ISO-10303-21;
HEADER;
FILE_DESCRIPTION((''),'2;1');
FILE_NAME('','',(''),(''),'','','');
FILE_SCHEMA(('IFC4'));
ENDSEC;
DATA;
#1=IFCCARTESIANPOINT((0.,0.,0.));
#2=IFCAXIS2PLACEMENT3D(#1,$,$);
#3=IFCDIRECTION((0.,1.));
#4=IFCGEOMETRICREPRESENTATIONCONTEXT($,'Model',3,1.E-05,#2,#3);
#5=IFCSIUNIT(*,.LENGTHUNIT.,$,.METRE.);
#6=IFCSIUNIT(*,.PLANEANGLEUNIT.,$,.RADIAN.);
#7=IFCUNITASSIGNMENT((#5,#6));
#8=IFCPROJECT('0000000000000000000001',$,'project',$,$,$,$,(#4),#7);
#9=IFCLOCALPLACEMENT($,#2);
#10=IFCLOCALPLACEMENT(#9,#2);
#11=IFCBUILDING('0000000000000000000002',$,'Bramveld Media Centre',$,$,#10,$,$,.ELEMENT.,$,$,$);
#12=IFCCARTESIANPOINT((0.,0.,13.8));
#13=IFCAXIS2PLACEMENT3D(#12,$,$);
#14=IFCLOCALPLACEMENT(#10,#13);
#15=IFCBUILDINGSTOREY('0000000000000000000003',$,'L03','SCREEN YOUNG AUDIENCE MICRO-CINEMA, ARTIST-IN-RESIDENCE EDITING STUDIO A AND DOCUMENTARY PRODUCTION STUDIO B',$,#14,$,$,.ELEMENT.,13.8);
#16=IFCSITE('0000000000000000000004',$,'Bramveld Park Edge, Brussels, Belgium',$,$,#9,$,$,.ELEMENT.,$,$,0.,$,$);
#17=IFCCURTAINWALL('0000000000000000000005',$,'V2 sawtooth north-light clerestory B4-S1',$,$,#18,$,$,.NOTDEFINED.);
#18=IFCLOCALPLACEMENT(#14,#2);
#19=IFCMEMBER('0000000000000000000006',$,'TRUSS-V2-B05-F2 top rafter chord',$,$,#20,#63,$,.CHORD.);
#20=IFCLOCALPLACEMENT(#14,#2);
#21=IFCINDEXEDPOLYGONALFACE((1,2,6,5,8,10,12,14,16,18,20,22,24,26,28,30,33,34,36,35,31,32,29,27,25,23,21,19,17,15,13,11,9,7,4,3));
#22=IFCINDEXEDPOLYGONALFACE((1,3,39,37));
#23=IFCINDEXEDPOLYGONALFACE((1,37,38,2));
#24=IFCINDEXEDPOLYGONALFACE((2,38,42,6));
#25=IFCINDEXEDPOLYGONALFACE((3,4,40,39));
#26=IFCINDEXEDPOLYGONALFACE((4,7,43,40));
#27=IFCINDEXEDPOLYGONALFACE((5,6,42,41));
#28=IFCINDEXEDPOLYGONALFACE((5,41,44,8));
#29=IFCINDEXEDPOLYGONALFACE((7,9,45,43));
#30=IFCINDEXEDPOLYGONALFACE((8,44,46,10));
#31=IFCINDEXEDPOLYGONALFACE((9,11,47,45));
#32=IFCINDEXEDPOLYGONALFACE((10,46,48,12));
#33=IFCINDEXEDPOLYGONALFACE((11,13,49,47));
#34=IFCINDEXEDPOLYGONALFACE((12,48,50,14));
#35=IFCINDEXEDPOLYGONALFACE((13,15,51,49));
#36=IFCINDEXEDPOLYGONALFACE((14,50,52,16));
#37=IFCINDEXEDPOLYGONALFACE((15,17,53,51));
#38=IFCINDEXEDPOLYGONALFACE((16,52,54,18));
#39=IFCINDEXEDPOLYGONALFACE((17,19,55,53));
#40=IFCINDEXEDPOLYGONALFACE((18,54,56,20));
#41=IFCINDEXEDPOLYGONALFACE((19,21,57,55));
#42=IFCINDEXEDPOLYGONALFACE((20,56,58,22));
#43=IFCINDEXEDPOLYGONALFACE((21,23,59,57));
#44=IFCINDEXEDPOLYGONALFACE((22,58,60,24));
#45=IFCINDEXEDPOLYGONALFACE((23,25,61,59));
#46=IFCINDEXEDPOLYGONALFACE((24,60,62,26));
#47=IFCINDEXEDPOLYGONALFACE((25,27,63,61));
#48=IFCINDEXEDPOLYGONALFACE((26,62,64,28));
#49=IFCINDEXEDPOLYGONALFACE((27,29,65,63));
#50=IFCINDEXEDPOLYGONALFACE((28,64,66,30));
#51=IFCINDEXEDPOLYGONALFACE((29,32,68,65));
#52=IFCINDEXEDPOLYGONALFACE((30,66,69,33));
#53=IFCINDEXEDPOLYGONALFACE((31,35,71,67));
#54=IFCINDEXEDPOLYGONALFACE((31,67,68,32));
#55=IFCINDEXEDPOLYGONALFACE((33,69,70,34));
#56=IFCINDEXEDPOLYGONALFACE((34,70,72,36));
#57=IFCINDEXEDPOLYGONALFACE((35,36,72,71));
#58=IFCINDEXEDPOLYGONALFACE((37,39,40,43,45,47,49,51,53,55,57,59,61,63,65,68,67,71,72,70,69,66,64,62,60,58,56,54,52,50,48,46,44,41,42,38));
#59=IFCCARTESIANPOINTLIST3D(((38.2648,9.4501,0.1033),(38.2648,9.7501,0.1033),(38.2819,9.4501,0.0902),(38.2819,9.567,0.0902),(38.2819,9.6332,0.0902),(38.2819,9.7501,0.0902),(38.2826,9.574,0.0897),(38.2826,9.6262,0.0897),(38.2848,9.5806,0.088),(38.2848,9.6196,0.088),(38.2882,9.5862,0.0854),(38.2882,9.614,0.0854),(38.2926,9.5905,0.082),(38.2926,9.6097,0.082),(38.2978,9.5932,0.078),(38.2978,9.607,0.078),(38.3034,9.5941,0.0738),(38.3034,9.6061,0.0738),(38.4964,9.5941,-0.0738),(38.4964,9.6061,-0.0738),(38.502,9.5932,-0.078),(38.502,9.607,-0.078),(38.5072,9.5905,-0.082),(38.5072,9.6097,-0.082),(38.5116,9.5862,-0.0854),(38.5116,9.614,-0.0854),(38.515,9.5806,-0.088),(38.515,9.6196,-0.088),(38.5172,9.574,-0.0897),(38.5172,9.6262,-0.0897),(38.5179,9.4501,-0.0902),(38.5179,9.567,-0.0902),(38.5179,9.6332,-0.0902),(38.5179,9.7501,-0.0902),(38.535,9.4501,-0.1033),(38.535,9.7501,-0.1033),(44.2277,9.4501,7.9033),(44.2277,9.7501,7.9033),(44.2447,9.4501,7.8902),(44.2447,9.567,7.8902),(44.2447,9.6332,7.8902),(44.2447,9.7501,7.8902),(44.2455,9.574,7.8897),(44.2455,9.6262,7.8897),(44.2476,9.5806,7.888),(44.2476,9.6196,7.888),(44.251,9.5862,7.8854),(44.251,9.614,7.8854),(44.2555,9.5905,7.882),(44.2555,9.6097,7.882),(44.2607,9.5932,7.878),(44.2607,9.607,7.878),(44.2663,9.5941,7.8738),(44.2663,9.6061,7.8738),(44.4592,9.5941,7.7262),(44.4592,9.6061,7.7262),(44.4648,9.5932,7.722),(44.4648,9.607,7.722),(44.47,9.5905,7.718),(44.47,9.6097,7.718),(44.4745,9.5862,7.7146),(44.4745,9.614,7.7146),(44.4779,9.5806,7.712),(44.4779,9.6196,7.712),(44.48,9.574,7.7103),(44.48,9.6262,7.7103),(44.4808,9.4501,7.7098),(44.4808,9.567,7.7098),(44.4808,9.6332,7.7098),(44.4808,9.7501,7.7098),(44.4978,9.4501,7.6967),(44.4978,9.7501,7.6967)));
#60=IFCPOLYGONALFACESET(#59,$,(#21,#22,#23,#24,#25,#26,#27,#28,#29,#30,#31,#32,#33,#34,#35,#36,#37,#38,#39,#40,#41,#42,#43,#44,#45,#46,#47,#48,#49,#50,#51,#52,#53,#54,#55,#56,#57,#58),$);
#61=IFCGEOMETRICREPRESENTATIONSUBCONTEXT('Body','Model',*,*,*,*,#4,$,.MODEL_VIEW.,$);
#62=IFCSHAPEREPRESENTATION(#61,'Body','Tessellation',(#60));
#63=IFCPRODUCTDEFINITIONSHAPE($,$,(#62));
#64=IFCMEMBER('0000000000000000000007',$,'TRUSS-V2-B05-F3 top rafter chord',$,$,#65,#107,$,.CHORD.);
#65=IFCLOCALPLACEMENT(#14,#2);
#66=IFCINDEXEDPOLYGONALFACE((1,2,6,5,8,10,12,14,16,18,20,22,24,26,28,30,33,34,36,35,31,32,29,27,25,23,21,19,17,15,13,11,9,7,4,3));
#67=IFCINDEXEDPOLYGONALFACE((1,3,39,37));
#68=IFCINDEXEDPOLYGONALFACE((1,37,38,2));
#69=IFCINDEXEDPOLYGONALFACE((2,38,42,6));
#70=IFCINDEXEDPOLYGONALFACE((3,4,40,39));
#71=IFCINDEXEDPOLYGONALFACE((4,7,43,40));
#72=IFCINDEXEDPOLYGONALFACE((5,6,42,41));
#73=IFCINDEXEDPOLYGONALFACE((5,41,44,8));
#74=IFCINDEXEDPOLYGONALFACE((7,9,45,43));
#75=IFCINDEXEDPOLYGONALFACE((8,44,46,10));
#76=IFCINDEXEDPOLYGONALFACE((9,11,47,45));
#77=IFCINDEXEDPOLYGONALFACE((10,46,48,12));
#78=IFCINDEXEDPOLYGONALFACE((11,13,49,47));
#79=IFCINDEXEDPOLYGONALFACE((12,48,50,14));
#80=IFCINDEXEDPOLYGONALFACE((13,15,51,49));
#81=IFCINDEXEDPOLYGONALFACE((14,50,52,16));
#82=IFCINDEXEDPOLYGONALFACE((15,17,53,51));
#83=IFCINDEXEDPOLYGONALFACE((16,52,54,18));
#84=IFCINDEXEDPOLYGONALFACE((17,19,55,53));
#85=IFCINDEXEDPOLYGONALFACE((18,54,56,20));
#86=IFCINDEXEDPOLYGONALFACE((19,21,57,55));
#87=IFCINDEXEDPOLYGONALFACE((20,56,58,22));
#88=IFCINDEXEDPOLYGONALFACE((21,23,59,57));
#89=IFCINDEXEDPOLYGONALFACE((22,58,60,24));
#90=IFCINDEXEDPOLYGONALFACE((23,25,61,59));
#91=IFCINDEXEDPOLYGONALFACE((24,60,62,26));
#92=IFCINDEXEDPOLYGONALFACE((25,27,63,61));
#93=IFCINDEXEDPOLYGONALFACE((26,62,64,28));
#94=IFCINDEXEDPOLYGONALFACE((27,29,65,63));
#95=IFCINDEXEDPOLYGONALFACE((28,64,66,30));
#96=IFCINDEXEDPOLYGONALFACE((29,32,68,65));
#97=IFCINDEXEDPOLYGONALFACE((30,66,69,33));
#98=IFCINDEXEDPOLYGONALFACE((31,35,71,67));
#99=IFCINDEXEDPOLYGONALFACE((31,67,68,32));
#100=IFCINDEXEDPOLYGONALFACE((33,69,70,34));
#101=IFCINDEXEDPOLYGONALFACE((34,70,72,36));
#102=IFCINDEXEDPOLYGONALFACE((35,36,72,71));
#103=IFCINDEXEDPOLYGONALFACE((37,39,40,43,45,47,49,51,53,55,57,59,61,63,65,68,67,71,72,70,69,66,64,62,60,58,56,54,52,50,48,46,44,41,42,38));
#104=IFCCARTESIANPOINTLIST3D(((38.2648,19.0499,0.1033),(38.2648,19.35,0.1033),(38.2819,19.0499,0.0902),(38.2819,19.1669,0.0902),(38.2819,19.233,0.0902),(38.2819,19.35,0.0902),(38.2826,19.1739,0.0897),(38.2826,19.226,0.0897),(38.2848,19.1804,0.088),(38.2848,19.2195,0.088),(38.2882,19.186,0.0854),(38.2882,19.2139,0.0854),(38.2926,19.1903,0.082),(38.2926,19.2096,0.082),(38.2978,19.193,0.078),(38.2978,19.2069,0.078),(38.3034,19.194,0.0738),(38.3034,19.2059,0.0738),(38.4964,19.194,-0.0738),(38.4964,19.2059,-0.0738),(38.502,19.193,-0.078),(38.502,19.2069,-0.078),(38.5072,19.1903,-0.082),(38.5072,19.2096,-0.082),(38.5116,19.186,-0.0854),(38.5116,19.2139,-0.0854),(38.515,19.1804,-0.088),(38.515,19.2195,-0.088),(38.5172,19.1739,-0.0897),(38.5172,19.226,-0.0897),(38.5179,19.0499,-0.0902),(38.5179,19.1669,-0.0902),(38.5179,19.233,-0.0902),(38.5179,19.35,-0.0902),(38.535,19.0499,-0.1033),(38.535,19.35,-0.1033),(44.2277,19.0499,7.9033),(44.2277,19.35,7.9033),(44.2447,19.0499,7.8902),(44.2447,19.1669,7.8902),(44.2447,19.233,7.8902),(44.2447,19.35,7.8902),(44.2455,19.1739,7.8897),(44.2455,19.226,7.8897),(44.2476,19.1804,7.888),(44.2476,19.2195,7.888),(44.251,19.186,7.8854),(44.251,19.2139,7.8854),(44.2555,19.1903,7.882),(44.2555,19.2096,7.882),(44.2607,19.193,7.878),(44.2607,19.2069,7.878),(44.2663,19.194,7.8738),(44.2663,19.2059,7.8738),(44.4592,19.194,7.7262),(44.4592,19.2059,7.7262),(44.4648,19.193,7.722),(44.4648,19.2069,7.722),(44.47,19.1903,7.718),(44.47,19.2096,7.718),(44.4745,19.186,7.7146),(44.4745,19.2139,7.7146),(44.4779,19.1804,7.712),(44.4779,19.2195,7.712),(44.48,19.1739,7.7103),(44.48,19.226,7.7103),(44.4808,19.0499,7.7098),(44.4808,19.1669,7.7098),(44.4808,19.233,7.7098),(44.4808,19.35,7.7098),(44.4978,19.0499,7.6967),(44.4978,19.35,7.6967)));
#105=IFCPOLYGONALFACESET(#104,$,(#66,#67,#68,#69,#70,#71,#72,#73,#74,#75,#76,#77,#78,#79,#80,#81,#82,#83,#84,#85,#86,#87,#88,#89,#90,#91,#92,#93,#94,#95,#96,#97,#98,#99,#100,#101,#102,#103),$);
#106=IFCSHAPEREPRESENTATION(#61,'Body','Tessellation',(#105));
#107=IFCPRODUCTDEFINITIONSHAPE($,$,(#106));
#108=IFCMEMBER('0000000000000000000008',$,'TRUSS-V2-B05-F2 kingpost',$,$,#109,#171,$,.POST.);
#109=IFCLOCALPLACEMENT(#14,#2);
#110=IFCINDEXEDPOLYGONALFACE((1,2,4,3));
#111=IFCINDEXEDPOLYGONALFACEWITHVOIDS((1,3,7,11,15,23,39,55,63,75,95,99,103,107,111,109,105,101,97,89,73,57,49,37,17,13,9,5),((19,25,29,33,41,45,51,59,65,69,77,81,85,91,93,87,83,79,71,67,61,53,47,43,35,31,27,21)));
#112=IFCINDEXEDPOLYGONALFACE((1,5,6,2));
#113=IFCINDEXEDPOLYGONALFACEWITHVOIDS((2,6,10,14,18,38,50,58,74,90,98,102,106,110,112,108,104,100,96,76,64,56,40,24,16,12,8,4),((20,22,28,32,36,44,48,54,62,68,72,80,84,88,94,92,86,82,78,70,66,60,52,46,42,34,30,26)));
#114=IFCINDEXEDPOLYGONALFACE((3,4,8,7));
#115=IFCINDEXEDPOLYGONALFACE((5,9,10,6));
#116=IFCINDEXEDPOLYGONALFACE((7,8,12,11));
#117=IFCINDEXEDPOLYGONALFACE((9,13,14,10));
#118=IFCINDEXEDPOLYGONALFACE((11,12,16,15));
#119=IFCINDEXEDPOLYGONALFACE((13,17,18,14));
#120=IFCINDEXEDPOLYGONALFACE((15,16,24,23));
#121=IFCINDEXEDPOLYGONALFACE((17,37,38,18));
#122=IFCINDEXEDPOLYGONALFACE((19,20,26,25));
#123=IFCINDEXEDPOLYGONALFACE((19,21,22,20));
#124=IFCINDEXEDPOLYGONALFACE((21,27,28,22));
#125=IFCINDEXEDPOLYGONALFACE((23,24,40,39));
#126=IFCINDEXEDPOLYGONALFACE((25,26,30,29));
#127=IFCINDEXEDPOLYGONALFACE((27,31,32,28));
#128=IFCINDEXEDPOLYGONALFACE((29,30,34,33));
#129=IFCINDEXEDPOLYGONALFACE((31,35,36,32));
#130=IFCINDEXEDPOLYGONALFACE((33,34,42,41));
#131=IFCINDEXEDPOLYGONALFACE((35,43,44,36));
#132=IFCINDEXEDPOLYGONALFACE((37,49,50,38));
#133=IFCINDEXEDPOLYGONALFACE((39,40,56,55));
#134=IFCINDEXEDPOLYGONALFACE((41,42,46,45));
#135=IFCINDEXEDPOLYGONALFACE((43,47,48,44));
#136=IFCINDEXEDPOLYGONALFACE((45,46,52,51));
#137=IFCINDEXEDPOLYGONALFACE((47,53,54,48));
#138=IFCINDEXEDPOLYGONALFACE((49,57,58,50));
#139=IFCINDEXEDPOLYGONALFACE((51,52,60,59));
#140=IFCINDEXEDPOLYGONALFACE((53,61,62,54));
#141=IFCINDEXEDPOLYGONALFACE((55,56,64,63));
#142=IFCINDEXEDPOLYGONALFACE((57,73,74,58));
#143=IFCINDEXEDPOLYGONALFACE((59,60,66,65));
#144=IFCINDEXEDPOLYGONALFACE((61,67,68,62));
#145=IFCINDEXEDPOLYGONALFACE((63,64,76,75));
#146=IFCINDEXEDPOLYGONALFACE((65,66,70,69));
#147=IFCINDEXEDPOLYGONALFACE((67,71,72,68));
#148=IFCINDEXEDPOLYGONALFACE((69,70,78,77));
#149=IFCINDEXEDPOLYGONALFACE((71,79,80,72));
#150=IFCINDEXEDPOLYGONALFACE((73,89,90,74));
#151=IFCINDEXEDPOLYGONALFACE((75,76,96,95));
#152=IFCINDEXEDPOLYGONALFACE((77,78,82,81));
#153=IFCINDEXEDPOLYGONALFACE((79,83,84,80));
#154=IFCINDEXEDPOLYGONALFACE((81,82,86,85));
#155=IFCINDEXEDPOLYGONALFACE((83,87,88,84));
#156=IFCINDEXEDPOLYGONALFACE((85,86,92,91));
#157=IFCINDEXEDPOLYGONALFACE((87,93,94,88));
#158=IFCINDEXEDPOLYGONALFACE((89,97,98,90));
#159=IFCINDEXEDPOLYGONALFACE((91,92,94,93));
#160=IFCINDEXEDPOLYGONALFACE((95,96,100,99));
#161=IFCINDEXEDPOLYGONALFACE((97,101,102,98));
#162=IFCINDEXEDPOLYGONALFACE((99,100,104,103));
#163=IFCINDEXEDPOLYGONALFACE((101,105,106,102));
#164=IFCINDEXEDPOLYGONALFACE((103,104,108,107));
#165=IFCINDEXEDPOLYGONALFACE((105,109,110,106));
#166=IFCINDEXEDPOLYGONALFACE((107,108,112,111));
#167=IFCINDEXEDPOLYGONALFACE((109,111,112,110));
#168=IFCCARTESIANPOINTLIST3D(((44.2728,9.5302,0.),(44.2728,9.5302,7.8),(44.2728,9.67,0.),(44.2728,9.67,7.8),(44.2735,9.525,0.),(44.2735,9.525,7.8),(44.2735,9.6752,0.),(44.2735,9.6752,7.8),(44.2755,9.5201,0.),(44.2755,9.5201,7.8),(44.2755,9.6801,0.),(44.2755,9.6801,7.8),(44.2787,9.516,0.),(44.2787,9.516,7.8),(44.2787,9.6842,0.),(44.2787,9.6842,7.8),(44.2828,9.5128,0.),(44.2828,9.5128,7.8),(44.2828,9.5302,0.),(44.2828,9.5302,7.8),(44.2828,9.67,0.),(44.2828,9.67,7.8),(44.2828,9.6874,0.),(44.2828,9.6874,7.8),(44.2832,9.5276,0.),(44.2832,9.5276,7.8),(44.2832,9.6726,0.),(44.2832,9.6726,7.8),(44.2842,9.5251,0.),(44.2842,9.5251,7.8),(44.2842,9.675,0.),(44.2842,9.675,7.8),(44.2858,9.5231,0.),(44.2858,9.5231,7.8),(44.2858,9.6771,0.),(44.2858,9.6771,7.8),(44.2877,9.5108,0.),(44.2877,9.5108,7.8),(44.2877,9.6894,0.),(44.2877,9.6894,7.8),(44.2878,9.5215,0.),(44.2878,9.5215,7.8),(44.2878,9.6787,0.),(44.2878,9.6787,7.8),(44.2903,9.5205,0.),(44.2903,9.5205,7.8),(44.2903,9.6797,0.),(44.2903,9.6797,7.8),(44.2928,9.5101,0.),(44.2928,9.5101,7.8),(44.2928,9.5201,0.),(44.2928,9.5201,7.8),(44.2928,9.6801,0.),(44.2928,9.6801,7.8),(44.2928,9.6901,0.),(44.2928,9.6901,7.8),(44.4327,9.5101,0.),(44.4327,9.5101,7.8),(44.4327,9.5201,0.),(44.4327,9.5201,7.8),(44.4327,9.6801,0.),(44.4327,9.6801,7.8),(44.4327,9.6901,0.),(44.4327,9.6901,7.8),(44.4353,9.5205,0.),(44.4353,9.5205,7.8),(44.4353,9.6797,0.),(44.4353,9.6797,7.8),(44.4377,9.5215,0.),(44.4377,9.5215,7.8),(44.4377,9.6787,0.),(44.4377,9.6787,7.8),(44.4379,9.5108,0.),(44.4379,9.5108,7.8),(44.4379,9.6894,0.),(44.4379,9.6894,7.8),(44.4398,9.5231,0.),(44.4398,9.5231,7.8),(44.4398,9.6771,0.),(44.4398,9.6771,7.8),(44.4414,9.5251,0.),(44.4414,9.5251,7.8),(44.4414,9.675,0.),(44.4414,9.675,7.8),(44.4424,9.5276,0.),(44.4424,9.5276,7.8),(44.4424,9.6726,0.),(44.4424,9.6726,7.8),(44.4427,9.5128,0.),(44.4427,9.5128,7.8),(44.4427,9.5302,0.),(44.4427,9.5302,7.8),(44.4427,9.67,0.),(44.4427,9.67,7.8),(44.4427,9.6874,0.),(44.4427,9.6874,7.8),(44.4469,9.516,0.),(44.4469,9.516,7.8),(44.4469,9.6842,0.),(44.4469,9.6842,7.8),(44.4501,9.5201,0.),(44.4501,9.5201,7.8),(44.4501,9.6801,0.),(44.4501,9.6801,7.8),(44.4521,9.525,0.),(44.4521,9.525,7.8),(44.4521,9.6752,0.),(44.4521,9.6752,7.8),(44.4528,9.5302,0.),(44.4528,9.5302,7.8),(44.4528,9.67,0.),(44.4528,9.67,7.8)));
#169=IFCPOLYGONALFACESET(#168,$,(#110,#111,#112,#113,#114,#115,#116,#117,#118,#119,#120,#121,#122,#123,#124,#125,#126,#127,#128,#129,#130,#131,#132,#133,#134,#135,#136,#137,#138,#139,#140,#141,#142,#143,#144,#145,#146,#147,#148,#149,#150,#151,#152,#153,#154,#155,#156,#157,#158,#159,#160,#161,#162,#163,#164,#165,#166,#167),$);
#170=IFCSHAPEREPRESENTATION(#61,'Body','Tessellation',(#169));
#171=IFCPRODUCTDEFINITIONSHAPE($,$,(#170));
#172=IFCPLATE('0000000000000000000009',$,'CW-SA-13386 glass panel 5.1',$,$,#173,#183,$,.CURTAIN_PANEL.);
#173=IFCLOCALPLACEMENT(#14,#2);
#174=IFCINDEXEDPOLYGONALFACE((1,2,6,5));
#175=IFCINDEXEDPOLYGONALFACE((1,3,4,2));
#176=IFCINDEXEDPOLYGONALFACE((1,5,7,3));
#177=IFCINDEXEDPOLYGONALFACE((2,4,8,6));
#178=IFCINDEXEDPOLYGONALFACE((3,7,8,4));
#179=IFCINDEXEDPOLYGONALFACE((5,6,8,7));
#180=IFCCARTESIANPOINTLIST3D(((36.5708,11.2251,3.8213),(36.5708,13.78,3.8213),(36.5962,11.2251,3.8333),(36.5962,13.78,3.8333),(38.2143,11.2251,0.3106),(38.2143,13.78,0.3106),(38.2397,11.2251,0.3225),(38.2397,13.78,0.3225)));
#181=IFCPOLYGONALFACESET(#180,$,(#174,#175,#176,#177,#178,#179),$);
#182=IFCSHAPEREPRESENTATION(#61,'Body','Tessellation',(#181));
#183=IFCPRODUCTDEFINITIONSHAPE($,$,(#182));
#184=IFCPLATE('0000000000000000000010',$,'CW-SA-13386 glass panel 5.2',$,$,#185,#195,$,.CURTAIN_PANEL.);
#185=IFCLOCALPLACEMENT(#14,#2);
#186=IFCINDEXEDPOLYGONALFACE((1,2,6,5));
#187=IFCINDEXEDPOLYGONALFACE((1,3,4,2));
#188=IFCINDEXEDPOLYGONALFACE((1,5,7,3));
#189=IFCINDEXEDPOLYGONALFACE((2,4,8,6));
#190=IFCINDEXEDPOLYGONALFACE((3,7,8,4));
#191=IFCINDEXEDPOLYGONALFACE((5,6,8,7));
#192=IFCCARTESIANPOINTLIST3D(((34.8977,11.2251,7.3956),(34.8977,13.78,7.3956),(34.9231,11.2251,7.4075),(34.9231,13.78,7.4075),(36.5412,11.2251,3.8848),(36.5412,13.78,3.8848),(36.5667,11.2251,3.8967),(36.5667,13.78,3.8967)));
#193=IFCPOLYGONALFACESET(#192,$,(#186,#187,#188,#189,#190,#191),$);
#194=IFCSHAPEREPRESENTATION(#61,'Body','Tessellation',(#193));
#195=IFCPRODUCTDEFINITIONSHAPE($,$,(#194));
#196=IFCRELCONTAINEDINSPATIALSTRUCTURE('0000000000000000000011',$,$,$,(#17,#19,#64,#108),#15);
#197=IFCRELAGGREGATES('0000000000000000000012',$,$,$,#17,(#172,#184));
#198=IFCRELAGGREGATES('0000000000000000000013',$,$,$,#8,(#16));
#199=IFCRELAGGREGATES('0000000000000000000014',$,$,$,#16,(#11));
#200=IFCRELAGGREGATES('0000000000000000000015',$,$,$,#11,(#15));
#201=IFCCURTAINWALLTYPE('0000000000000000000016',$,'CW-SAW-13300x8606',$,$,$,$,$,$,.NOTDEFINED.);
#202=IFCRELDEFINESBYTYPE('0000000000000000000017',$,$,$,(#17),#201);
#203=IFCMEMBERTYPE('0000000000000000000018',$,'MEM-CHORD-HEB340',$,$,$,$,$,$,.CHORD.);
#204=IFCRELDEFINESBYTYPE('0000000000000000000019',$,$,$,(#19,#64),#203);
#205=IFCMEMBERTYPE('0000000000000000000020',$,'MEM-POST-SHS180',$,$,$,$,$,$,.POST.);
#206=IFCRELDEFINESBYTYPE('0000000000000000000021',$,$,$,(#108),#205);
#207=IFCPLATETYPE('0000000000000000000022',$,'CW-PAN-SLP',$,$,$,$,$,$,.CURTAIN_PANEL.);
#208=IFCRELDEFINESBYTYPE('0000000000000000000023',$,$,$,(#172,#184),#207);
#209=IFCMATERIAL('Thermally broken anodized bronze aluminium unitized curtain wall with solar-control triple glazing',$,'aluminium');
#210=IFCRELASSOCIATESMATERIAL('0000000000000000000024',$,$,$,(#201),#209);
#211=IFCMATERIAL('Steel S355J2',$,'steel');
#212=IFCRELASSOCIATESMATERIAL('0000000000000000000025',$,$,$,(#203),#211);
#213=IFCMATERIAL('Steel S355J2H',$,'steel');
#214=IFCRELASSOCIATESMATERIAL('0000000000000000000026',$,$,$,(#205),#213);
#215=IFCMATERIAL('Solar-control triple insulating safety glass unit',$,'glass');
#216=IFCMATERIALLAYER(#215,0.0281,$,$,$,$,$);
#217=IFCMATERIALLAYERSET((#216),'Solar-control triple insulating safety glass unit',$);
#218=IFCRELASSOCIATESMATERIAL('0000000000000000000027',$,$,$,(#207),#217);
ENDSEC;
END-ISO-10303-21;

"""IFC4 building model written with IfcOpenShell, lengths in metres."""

from ifc_helpers import new_model, si_unit, direction, frame, origin, origin_2d, place, context, subcontext, project, spatial, polyline, hollow_rectangle, i_section, outline, extrude, material, layer, layer_set, material_profile, profile_set, type_object, element, aggregate, save


model = new_model("IFC4")

# Units and contexts
model_context = context("Model", 3, precision=1e-05, world=origin(), true_north=direction((0.0, 1.0)))
body_context = subcontext(model_context, "Body", "Model", "MODEL_VIEW")
ifc_project = project(units=[si_unit("LENGTHUNIT", "METRE"), si_unit("PLANEANGLEUNIT", "RADIAN")], contexts=[model_context])

# Site, building, storey
site_placement = place(None, origin())
site = spatial("IfcSite", under=ifc_project, at=site_placement, Name="Bramveld Park Edge, Brussels, Belgium", CompositionType="ELEMENT", RefElevation=0.0)
building_placement = place(site_placement, origin())
building = spatial("IfcBuilding", under=site, at=building_placement, Name="Bramveld Media Centre", CompositionType="ELEMENT")
storey_placement = place(building_placement, frame((0.0, 0.0, 13.8)))
storey = spatial("IfcBuildingStorey", under=building, at=storey_placement, Name="L03", Description="SCREEN YOUNG AUDIENCE MICRO-CINEMA, ARTIST-IN-RESIDENCE EDITING STUDIO A AND DOCUMENTARY PRODUCTION STUDIO B", CompositionType="ELEMENT", Elevation=13.8)

# Curtain wall
ifc_material_1 = material(Name="Thermally broken anodized bronze aluminium unitized curtain wall with solar-control triple glazing", Category="aluminium")
curtain_wall_type = type_object("IfcCurtainWallType", Name="CW-SAW-13300x8606", PredefinedType="NOTDEFINED", material=ifc_material_1)
curtain_wall_1_placement = place(storey_placement, origin())
curtain_wall_1 = element("IfcCurtainWall", 1, at=curtain_wall_1_placement, inside=storey, type_object=curtain_wall_type, Name="V2 sawtooth north-light clerestory B4-S1", PredefinedType="NOTDEFINED")

# Members
ifc_material_2 = material(Name="Steel S355J2", Category="steel")
ifc_material_profile_1 = material_profile(ifc_material_2, i_section(OverallWidth=0.3, OverallDepth=0.3401, WebThickness=0.012, FlangeThickness=0.0215, FilletRadius=0.0271, at=origin_2d()), Name="HEB 340")
ifc_profile_set_1 = profile_set([ifc_material_profile_1], Name="Steel S355J2")
member_type_1 = type_object("IfcMemberType", Name="MEM-CHORD-HEB340", PredefinedType="CHORD", material=ifc_profile_set_1)
for number, where, z_axis, x_axis, name in (
    (2, (38.3999, 9.6001, 0.0), (0.607331, 0.0, 0.794449), (0.0, 1.0, 0.0), "TRUSS-V2-B05-F2 top rafter chord"),
    (3, (38.3999, 19.2, 0.0), (0.607331, 0.0, 0.794449), (0.0, 1.0, 0.0), "TRUSS-V2-B05-F3 top rafter chord"),
):
    element("IfcMember", number, at=place(storey_placement, frame(where, z_axis=z_axis, x_axis=x_axis)), inside=storey, type_object=member_type_1, Name=name, PredefinedType="CHORD", context=body_context, shape_type="SweptSolid", body=[
        extrude(i_section(OverallWidth=0.3, OverallDepth=0.3401, WebThickness=0.012, FlangeThickness=0.0215, FilletRadius=0.0271, at=origin_2d()), origin(), (0.0, 0.0, 1.0), 9.8181),
    ])
ifc_material_3 = material(Name="Steel S355J2H", Category="steel")
ifc_material_profile_2 = material_profile(ifc_material_3, hollow_rectangle(XDim=0.1799, YDim=0.1799, WallThickness=0.01, InnerFilletRadius=0.01, OuterFilletRadius=0.02, at=origin_2d()), Name="SHS 180x180x10")
ifc_profile_set_2 = profile_set([ifc_material_profile_2], Name="Steel S355J2H")
member_type_2 = type_object("IfcMemberType", Name="MEM-POST-SHS180", PredefinedType="POST", material=ifc_profile_set_2)
member_1_placement = place(storey_placement, frame((44.3628, 9.6001, 0.0), z_axis=(0.0, 0.0, 1.0), x_axis=(1.0, 0.0, 0.0)))
element("IfcMember", 4, at=member_1_placement, inside=storey, type_object=member_type_2, Name="TRUSS-V2-B05-F2 kingpost", PredefinedType="POST", context=body_context, shape_type="SweptSolid", body=[
    extrude(hollow_rectangle(XDim=0.1799, YDim=0.1799, WallThickness=0.01, InnerFilletRadius=0.01, OuterFilletRadius=0.02, at=origin_2d()), origin(), (0.0, 0.0, 1.0), 7.8),
])

# Plates
ifc_material_4 = material(Name="Solar-control triple insulating safety glass unit", Category="glass")
ifc_layer_1 = layer(ifc_material_4, 0.0281)
ifc_layer_set_1 = layer_set([ifc_layer_1], Name="Solar-control triple insulating safety glass unit")
plate_type_1 = type_object("IfcPlateType", Name="CW-PAN-SLP", PredefinedType="CURTAIN_PANEL", material=ifc_layer_set_1)
plate_1_placement = place(storey_placement, frame((38.2397, 11.2251, 0.3225), z_axis=(0.905668, 0.0, 0.423988), x_axis=(0.0, 1.0, 0.0)))
plate_1 = element("IfcPlate", 5, at=plate_1_placement, type_object=plate_type_1, Name="CW-SA-13386 glass panel 5.1", PredefinedType="CURTAIN_PANEL", context=body_context, shape_type="SweptSolid", body=[
    extrude(outline(polyline([(0.0, 0.0), (2.5549, 0.0), (2.5549, 3.8764), (0.0, 3.8764), (0.0, 0.0)])), origin(), (0.0, 0.0, -1.0), 0.0281),
])
plate_2_placement = place(storey_placement, frame((36.5667, 11.2251, 3.8967), z_axis=(0.905668, 0.0, 0.423988), x_axis=(0.0, 1.0, 0.0)))
plate_2 = element("IfcPlate", 6, at=plate_2_placement, type_object=plate_type_1, Name="CW-SA-13386 glass panel 5.2", PredefinedType="CURTAIN_PANEL", context=body_context, shape_type="SweptSolid", body=[
    extrude(outline(polyline([(0.0, 0.0), (2.5549, 0.0), (2.5549, 3.8764), (0.0, 3.8764), (0.0, 0.0)])), origin(), (0.0, 0.0, -1.0), 0.0281),
])
aggregate(curtain_wall_1, [plate_1, plate_2])

save(model, "model.ifc")
